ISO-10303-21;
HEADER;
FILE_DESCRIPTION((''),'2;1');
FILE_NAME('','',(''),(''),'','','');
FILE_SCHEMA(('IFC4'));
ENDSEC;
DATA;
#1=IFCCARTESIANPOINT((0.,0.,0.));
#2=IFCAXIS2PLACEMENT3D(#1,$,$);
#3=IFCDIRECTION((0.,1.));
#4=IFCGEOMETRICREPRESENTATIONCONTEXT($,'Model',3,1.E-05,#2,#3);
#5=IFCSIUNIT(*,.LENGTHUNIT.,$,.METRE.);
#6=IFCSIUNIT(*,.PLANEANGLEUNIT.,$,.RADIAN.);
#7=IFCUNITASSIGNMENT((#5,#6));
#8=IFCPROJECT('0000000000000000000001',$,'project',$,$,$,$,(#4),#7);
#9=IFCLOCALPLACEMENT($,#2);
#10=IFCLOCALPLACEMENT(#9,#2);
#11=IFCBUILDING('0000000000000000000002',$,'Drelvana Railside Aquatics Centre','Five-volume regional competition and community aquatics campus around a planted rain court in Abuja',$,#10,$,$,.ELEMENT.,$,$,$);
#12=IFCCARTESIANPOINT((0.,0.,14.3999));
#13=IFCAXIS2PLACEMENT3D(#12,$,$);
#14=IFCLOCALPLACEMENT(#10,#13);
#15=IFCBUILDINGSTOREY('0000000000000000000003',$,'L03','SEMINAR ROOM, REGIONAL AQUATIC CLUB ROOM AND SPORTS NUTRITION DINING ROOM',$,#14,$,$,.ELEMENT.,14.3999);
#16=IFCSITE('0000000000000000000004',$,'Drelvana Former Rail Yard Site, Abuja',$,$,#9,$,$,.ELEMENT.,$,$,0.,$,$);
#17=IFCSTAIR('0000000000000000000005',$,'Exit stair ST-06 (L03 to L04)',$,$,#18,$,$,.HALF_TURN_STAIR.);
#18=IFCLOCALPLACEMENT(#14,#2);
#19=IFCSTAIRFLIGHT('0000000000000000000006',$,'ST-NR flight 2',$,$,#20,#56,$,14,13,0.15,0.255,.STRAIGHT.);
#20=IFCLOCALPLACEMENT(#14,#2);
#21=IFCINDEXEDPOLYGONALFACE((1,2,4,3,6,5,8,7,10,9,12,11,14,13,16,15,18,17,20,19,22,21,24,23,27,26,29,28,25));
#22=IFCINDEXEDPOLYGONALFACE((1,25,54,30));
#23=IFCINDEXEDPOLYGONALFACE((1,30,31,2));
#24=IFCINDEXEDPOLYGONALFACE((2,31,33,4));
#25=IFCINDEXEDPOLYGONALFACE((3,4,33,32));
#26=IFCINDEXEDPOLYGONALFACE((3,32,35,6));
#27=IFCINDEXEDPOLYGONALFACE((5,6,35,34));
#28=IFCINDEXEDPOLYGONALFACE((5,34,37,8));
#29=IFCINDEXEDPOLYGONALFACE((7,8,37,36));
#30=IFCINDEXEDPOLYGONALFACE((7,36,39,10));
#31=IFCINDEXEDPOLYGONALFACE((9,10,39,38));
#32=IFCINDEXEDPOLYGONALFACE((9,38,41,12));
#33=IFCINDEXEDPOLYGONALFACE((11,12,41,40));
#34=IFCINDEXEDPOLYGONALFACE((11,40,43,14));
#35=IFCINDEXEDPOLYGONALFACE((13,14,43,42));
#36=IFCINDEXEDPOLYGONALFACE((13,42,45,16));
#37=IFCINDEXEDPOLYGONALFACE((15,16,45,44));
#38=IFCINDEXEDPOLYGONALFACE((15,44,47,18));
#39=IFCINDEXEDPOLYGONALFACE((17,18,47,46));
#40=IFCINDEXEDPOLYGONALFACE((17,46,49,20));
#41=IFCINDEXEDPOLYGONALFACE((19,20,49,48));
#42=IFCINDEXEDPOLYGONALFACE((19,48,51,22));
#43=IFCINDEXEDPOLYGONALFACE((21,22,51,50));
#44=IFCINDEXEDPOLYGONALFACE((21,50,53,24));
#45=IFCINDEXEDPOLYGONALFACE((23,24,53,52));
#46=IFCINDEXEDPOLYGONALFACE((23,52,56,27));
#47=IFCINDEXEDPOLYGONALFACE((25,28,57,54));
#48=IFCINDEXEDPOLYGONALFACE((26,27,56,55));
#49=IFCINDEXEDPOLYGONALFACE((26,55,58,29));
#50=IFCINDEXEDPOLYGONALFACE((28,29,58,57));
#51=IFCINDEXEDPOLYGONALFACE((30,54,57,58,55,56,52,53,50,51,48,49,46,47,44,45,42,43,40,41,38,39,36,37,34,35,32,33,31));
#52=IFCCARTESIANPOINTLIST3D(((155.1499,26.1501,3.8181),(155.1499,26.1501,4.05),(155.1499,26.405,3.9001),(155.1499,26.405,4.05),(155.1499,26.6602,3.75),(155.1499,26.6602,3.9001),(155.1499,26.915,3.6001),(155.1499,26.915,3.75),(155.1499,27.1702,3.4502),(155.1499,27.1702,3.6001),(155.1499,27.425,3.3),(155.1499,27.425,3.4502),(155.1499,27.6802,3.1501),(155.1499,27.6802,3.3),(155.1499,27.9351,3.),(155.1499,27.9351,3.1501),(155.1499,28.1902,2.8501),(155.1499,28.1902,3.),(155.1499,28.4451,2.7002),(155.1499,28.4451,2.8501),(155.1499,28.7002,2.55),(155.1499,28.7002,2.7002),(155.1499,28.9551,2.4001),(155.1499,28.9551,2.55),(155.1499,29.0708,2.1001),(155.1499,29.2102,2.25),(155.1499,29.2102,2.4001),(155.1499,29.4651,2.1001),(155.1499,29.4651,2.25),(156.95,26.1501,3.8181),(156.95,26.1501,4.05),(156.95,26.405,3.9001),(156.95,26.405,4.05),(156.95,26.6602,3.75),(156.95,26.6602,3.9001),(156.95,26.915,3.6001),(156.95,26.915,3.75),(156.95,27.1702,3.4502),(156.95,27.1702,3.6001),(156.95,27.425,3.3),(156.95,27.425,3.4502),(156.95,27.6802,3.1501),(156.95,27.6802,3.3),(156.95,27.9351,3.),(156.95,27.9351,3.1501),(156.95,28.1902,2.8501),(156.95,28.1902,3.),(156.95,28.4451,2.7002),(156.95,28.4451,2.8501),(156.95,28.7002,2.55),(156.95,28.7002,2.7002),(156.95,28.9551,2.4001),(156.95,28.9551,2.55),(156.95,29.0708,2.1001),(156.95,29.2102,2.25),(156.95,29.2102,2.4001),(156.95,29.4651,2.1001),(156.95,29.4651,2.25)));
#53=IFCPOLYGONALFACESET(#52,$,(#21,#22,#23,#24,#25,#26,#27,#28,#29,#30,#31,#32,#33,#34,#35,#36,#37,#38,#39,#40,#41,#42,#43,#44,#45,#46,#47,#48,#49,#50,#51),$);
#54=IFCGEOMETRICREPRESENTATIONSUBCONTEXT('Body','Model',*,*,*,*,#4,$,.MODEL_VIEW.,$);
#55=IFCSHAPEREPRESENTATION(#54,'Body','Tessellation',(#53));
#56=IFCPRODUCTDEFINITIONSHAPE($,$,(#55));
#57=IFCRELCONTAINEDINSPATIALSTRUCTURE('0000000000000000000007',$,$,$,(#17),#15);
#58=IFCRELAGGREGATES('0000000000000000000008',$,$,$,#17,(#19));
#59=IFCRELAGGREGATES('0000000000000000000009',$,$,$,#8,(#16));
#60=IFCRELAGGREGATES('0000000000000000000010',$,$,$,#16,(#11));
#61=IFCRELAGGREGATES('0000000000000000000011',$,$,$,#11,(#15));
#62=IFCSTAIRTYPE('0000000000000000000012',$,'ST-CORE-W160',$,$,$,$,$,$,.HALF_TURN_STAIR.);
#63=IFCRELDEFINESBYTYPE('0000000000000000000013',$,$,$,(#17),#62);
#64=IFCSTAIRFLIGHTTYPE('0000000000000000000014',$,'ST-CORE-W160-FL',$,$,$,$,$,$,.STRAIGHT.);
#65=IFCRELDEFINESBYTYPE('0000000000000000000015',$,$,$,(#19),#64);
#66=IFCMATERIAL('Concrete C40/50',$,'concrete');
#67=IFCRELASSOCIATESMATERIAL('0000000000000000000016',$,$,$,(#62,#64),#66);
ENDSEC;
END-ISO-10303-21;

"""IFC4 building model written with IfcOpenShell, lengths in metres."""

from ifc_helpers import new_model, si_unit, direction, frame, origin, place, context, subcontext, project, spatial, polyline, outline, extrude, material, type_object, element, aggregate, save


model = new_model("IFC4")

# Units and contexts
model_context = context("Model", 3, precision=1e-05, world=origin(), true_north=direction((0.0, 1.0)))
body_context = subcontext(model_context, "Body", "Model", "MODEL_VIEW")
ifc_project = project(units=[si_unit("LENGTHUNIT", "METRE"), si_unit("PLANEANGLEUNIT", "RADIAN")], contexts=[model_context])

# Site, building, storey
site_placement = place(None, origin())
site = spatial("IfcSite", under=ifc_project, at=site_placement, Name="Drelvana Former Rail Yard Site, Abuja", CompositionType="ELEMENT", RefElevation=0.0)
building_placement = place(site_placement, origin())
building = spatial("IfcBuilding", under=site, at=building_placement, Name="Drelvana Railside Aquatics Centre", Description="Five-volume regional competition and community aquatics campus around a planted rain court in Abuja", CompositionType="ELEMENT")
storey_placement = place(building_placement, frame((0.0, 0.0, 14.3999)))
storey = spatial("IfcBuildingStorey", under=building, at=storey_placement, Name="L03", Description="SEMINAR ROOM, REGIONAL AQUATIC CLUB ROOM AND SPORTS NUTRITION DINING ROOM", CompositionType="ELEMENT", Elevation=14.3999)

# Shared definitions
ifc_material_1 = material(Name="Concrete C40/50", Category="concrete")

# Stair, stair flight
stair_type = type_object("IfcStairType", Name="ST-CORE-W160", PredefinedType="HALF_TURN_STAIR", material=ifc_material_1)
stair_placement = place(storey_placement, origin())
stair = element("IfcStair", 1, at=stair_placement, inside=storey, type_object=stair_type, Name="Exit stair ST-06 (L03 to L04)", PredefinedType="HALF_TURN_STAIR")
stair_flight_type = type_object("IfcStairFlightType", Name="ST-CORE-W160-FL", PredefinedType="STRAIGHT", material=ifc_material_1)
stair_flight_placement = place(storey_placement, frame((156.05, 29.4651, 2.1001), z_axis=(0.0, 0.0, 1.0), x_axis=(0.0, -1.0, 0.0)))
stair_flight = element("IfcStairFlight", 2, at=stair_flight_placement, type_object=stair_flight_type, Name="ST-NR flight 2", NumberOfRisers=14, NumberOfTreads=13, PredefinedType="STRAIGHT", RiserHeight=0.15, TreadLength=0.255, context=body_context, shape_type="SweptSolid", body=[
    extrude(outline(polyline([(0.0, 0.0), (0.0, 0.1499), (0.2549, 0.1499), (0.2549, 0.3), (0.51, 0.3), (0.51, 0.45), (0.7649, 0.45), (0.7649, 0.6001), (1.02, 0.6001), (1.02, 0.75), (1.2749, 0.75), (1.2749, 0.8999), (1.53, 0.8999), (1.53, 1.05), (1.7849, 1.05), (1.7849, 1.2), (2.04, 1.2), (2.04, 1.3501), (2.2949, 1.3501), (2.2949, 1.5), (2.55, 1.5), (2.55, 1.6499), (2.8049, 1.6499), (2.8049, 1.8), (3.0601, 1.8), (3.0601, 1.95), (3.3149, 1.95), (3.3149, 2.1001), (3.3149, 1.718), (0.3943, 0.0), (0.0, 0.0)])), frame((0.0, 0.8999, 0.0), z_axis=(0.0, -1.0, 0.0), x_axis=(1.0, 0.0, 0.0)), (0.0, 0.0, 1.0), 1.8),
])
aggregate(stair, [stair_flight])

save(model, "model.ifc")
